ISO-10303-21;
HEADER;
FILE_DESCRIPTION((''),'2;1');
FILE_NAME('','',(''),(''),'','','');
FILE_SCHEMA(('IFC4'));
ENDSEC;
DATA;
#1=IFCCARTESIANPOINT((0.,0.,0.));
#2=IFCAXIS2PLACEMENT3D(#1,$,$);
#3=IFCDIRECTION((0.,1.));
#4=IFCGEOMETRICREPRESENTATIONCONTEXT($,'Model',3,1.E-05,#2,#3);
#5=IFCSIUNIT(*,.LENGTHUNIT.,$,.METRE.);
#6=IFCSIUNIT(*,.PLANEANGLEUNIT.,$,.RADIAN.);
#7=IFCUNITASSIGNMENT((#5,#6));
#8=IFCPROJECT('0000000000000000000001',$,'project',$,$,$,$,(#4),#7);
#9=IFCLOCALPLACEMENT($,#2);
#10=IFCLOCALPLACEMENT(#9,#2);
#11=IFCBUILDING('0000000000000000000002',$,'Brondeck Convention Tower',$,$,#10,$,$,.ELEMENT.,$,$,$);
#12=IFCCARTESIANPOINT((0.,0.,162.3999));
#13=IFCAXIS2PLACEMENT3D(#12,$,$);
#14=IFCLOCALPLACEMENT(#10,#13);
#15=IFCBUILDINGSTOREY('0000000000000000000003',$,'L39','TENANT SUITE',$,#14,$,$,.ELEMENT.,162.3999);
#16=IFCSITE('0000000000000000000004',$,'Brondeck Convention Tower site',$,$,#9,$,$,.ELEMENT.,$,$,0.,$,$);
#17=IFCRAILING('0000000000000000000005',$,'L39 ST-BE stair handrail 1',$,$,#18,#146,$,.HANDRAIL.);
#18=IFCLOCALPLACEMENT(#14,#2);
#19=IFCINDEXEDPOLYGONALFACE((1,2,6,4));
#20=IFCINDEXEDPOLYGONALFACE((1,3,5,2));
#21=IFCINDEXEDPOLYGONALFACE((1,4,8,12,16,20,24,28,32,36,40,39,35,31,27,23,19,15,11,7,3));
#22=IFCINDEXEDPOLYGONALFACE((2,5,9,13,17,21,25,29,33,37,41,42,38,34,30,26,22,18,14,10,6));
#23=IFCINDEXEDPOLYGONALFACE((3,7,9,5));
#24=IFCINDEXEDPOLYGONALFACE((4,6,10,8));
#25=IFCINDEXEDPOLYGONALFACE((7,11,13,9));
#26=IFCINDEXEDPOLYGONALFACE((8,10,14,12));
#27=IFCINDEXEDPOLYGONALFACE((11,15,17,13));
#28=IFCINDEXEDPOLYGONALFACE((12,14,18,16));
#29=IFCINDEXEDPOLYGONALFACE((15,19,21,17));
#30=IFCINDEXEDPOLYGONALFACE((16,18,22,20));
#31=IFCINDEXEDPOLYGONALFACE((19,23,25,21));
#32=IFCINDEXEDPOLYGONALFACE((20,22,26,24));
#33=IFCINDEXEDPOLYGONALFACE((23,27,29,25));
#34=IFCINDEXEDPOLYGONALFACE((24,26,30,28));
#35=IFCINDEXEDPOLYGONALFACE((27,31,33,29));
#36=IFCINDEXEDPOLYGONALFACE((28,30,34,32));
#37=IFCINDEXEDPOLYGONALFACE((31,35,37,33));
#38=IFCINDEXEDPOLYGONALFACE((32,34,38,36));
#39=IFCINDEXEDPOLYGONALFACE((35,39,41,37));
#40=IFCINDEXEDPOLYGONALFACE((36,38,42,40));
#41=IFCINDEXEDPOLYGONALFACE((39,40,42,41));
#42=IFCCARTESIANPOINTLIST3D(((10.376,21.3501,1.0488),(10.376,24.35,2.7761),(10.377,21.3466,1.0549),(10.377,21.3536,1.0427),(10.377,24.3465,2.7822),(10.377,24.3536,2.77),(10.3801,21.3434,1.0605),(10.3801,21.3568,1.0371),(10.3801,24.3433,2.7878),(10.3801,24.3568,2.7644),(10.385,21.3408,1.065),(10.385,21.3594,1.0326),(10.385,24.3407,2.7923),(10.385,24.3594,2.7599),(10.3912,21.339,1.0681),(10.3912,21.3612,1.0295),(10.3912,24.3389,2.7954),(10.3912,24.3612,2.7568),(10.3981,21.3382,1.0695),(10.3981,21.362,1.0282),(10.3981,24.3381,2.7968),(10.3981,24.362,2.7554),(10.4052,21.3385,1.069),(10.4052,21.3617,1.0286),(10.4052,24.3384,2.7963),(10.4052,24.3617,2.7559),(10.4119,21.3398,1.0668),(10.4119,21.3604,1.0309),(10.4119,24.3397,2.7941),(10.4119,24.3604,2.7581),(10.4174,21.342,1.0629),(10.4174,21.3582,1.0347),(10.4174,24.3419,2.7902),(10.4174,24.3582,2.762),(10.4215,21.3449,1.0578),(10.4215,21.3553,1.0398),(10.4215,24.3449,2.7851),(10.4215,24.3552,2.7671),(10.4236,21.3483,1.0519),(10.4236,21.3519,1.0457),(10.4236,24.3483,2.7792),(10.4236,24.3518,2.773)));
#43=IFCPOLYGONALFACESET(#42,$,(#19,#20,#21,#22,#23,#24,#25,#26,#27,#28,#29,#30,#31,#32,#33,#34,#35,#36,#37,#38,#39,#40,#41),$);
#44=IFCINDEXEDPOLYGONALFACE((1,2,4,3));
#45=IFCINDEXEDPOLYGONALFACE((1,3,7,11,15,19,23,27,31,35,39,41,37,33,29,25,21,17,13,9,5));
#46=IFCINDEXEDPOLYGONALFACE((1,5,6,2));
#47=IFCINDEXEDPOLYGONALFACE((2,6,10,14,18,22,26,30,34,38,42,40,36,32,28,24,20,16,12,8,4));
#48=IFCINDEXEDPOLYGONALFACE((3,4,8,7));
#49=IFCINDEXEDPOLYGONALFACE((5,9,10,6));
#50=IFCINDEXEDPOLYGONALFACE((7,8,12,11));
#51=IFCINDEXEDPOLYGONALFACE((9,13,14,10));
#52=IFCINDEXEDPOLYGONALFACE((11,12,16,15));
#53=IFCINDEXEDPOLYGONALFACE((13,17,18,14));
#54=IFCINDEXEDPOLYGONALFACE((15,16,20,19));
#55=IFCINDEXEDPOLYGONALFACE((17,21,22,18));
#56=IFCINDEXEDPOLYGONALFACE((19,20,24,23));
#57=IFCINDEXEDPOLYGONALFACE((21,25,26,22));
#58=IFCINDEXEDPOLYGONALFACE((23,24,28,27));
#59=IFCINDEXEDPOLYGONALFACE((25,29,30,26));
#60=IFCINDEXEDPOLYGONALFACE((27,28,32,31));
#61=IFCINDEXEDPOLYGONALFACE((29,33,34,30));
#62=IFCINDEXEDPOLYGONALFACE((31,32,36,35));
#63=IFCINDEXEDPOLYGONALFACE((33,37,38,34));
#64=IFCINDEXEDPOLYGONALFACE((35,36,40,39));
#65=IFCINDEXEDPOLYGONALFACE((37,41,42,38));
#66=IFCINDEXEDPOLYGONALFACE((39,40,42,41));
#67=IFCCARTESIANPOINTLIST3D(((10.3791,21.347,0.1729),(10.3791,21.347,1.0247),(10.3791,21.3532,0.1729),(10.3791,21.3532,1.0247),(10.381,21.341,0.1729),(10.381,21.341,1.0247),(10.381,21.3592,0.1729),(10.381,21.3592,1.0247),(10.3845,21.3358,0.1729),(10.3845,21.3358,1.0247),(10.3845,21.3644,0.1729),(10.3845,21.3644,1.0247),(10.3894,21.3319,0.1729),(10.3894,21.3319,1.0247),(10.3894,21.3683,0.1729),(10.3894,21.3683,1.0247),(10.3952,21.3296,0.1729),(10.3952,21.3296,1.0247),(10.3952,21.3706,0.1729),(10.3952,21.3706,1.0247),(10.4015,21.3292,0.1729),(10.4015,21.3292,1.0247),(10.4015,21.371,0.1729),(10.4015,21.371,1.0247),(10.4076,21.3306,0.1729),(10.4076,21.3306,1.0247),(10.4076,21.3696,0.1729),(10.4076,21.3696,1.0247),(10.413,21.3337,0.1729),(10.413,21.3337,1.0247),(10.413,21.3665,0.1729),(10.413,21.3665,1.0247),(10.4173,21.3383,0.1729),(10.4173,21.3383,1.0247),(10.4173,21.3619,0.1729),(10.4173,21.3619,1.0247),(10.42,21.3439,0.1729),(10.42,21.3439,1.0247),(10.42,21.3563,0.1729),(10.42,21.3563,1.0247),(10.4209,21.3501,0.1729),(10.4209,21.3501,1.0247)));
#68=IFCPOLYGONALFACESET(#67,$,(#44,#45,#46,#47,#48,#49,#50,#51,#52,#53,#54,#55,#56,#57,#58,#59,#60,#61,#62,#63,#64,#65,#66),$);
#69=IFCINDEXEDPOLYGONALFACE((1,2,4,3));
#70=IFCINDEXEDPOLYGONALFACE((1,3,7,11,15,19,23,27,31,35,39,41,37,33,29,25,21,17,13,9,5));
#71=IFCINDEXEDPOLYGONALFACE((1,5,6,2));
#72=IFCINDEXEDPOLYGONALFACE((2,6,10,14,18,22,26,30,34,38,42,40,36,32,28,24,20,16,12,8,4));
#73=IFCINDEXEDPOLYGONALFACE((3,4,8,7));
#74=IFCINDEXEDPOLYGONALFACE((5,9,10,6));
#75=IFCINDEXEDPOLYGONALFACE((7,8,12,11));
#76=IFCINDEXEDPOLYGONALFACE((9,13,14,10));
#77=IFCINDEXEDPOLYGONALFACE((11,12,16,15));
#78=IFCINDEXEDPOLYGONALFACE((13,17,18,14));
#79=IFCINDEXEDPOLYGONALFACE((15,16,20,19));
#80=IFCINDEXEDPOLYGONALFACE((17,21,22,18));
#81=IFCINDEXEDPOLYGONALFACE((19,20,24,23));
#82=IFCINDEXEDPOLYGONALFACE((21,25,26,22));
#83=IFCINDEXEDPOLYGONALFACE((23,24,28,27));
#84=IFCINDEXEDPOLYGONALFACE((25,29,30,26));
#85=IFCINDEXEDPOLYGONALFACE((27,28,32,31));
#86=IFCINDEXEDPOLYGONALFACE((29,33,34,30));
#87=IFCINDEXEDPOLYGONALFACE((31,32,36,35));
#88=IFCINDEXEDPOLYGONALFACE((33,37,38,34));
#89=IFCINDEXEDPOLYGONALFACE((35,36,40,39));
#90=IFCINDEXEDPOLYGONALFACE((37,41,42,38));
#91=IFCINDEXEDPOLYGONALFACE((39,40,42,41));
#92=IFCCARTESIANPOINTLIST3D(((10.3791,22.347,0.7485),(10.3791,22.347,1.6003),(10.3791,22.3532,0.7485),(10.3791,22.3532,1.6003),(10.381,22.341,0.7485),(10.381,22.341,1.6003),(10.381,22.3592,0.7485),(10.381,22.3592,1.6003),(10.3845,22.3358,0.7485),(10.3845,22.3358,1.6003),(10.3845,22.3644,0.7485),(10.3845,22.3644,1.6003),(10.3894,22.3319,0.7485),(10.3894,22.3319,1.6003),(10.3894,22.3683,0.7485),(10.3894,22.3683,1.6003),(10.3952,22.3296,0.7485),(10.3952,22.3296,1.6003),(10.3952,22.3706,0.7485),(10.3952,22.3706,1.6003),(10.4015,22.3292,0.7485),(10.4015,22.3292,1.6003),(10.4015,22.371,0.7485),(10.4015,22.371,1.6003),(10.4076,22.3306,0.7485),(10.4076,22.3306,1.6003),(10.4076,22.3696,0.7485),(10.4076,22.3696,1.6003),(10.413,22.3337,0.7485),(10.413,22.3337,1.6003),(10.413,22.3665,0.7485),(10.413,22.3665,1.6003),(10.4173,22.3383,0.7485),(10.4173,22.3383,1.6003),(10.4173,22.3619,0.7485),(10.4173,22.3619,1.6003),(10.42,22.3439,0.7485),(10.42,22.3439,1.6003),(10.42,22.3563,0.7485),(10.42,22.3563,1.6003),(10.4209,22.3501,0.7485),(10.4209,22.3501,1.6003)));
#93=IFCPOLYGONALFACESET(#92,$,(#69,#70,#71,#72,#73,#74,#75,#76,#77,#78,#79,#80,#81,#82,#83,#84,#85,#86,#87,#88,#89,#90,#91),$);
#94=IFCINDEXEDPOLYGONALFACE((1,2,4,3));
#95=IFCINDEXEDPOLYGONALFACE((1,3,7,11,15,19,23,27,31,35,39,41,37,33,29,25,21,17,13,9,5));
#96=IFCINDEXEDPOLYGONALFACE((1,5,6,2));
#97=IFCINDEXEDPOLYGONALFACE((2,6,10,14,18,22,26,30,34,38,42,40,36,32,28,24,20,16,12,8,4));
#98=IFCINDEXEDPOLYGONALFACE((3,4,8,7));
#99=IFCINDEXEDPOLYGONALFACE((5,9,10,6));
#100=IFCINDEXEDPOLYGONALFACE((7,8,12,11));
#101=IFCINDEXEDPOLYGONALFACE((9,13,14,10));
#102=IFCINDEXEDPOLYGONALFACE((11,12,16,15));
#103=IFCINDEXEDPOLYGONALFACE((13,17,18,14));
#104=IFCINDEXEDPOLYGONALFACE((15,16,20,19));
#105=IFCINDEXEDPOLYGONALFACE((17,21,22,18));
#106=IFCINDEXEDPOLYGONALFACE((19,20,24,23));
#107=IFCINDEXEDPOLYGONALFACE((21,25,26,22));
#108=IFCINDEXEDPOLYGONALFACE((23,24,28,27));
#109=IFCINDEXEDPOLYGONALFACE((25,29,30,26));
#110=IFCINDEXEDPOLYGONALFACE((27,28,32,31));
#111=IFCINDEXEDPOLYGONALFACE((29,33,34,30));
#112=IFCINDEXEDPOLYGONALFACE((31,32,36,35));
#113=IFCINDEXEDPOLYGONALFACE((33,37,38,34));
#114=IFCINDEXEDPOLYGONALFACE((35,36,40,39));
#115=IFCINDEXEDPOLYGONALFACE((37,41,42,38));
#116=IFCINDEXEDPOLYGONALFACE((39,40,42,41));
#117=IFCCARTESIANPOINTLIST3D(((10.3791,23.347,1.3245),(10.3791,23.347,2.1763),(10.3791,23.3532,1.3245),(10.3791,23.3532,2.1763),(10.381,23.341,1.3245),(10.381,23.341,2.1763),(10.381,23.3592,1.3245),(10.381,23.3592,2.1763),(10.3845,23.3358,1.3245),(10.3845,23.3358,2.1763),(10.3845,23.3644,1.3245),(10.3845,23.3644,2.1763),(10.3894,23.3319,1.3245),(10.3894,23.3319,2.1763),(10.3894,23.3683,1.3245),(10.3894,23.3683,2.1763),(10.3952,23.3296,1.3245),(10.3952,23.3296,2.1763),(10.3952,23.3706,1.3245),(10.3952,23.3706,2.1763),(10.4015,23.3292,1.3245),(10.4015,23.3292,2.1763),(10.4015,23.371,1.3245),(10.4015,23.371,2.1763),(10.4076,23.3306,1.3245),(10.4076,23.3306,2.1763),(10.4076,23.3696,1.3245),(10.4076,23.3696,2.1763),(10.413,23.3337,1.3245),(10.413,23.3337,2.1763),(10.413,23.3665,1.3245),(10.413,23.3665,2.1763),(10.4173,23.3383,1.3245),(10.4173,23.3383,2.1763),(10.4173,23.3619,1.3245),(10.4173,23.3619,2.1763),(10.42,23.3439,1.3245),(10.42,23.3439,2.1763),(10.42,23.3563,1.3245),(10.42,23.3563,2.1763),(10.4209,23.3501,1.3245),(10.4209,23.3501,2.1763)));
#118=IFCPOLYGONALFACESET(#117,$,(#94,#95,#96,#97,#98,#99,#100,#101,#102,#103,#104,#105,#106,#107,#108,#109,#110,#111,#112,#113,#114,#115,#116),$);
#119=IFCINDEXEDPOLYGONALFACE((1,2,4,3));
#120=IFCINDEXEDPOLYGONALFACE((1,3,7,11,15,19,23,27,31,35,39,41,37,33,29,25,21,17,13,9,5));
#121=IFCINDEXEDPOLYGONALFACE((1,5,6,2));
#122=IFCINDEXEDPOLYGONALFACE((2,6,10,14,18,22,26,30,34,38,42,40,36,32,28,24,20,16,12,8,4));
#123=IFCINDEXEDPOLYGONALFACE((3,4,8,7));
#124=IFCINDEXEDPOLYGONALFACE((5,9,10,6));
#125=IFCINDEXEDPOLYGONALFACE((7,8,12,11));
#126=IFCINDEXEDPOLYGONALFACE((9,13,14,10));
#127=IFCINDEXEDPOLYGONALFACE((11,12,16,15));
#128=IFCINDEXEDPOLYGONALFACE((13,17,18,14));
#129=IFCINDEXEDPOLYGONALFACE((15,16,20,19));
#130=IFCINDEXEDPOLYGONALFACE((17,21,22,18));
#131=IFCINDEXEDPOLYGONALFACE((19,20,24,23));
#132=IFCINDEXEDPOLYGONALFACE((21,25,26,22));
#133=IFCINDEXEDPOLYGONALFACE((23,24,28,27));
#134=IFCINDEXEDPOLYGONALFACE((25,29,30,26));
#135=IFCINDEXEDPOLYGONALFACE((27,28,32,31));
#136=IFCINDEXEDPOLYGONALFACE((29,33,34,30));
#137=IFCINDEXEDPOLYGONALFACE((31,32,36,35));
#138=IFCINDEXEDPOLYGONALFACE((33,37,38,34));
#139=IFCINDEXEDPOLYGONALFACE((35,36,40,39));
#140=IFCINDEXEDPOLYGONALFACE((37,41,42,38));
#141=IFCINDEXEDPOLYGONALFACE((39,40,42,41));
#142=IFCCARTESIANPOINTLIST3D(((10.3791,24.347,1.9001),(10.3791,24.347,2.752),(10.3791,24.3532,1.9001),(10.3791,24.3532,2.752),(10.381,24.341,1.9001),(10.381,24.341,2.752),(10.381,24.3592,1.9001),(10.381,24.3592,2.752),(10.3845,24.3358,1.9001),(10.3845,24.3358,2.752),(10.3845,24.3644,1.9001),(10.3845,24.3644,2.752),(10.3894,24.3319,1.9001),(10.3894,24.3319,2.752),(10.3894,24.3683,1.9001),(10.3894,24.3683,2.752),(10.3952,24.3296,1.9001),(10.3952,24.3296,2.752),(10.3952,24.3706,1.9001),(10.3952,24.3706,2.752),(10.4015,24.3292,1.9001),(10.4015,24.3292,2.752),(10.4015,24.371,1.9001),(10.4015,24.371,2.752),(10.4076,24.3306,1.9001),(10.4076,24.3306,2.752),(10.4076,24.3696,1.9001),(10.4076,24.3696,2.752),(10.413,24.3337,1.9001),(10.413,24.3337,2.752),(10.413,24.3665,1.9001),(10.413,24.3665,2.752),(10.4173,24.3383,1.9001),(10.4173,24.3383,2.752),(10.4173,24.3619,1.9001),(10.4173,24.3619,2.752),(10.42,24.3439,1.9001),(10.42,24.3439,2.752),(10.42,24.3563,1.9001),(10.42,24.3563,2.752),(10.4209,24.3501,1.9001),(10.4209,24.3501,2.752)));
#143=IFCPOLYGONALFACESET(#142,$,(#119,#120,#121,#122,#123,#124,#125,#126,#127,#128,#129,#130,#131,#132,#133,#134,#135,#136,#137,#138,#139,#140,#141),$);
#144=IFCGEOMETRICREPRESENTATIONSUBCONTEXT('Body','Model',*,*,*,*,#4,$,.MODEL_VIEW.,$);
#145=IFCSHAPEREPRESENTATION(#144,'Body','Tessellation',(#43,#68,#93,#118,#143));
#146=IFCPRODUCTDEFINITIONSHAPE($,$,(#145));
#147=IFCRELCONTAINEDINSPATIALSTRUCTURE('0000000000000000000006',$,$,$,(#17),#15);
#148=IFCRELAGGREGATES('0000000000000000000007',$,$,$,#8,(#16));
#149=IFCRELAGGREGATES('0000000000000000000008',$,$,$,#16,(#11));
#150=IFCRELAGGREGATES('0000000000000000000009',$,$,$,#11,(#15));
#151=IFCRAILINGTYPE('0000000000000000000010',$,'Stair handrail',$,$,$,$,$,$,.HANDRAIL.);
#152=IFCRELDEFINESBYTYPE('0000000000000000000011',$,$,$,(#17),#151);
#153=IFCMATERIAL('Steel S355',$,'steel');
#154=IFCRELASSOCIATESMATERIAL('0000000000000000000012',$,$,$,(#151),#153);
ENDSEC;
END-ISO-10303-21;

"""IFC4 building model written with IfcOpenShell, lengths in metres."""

from ifc_helpers import new_model, si_unit, direction, frame, origin, origin_2d, place, context, subcontext, project, spatial, circle, extrude, material, type_object, element, save


model = new_model("IFC4")

# Units and contexts
model_context = context("Model", 3, precision=1e-05, world=origin(), true_north=direction((0.0, 1.0)))
body_context = subcontext(model_context, "Body", "Model", "MODEL_VIEW")
ifc_project = project(units=[si_unit("LENGTHUNIT", "METRE"), si_unit("PLANEANGLEUNIT", "RADIAN")], contexts=[model_context])

# Site, building, storey
site_placement = place(None, origin())
site = spatial("IfcSite", under=ifc_project, at=site_placement, Name="Brondeck Convention Tower site", CompositionType="ELEMENT", RefElevation=0.0)
building_placement = place(site_placement, origin())
building = spatial("IfcBuilding", under=site, at=building_placement, Name="Brondeck Convention Tower", CompositionType="ELEMENT")
storey_placement = place(building_placement, frame((0.0, 0.0, 162.3999)))
storey = spatial("IfcBuildingStorey", under=building, at=storey_placement, Name="L39", Description="TENANT SUITE", CompositionType="ELEMENT", Elevation=162.3999)

# Shared definitions
ifc_material_1 = material(Name="Steel S355", Category="steel")

# Railing
railing_type = type_object("IfcRailingType", Name="Stair handrail", PredefinedType="HANDRAIL", material=ifc_material_1)
railing_placement = place(storey_placement, frame((10.3999, 21.3501, 0.1729)))
element("IfcRailing", 1, at=railing_placement, inside=storey, type_object=railing_type, Name="L39 ST-BE stair handrail 1", PredefinedType="HANDRAIL", context=body_context, shape_type="SweptSolid", body=[
    extrude(circle(Radius=0.0239, at=origin_2d()), frame((0.0, 0.0, 0.876), z_axis=(0.0, 0.86662, 0.498969), x_axis=(-1.0, 0.0, 0.0)), (0.0, 0.0, 1.0), 3.4617),
    extrude(circle(Radius=0.021, at=origin_2d()), origin(), (0.0, 0.0, 1.0), 0.8518),
    extrude(circle(Radius=0.021, at=origin_2d()), frame((0.0, 1.0, 0.5757)), (0.0, 0.0, 1.0), 0.8518),
    extrude(circle(Radius=0.021, at=origin_2d()), frame((0.0, 2.0, 1.1516)), (0.0, 0.0, 1.0), 0.8518),
    extrude(circle(Radius=0.021, at=origin_2d()), frame((0.0, 3.0, 1.7273)), (0.0, 0.0, 1.0), 0.8518),
])

save(model, "model.ifc")
